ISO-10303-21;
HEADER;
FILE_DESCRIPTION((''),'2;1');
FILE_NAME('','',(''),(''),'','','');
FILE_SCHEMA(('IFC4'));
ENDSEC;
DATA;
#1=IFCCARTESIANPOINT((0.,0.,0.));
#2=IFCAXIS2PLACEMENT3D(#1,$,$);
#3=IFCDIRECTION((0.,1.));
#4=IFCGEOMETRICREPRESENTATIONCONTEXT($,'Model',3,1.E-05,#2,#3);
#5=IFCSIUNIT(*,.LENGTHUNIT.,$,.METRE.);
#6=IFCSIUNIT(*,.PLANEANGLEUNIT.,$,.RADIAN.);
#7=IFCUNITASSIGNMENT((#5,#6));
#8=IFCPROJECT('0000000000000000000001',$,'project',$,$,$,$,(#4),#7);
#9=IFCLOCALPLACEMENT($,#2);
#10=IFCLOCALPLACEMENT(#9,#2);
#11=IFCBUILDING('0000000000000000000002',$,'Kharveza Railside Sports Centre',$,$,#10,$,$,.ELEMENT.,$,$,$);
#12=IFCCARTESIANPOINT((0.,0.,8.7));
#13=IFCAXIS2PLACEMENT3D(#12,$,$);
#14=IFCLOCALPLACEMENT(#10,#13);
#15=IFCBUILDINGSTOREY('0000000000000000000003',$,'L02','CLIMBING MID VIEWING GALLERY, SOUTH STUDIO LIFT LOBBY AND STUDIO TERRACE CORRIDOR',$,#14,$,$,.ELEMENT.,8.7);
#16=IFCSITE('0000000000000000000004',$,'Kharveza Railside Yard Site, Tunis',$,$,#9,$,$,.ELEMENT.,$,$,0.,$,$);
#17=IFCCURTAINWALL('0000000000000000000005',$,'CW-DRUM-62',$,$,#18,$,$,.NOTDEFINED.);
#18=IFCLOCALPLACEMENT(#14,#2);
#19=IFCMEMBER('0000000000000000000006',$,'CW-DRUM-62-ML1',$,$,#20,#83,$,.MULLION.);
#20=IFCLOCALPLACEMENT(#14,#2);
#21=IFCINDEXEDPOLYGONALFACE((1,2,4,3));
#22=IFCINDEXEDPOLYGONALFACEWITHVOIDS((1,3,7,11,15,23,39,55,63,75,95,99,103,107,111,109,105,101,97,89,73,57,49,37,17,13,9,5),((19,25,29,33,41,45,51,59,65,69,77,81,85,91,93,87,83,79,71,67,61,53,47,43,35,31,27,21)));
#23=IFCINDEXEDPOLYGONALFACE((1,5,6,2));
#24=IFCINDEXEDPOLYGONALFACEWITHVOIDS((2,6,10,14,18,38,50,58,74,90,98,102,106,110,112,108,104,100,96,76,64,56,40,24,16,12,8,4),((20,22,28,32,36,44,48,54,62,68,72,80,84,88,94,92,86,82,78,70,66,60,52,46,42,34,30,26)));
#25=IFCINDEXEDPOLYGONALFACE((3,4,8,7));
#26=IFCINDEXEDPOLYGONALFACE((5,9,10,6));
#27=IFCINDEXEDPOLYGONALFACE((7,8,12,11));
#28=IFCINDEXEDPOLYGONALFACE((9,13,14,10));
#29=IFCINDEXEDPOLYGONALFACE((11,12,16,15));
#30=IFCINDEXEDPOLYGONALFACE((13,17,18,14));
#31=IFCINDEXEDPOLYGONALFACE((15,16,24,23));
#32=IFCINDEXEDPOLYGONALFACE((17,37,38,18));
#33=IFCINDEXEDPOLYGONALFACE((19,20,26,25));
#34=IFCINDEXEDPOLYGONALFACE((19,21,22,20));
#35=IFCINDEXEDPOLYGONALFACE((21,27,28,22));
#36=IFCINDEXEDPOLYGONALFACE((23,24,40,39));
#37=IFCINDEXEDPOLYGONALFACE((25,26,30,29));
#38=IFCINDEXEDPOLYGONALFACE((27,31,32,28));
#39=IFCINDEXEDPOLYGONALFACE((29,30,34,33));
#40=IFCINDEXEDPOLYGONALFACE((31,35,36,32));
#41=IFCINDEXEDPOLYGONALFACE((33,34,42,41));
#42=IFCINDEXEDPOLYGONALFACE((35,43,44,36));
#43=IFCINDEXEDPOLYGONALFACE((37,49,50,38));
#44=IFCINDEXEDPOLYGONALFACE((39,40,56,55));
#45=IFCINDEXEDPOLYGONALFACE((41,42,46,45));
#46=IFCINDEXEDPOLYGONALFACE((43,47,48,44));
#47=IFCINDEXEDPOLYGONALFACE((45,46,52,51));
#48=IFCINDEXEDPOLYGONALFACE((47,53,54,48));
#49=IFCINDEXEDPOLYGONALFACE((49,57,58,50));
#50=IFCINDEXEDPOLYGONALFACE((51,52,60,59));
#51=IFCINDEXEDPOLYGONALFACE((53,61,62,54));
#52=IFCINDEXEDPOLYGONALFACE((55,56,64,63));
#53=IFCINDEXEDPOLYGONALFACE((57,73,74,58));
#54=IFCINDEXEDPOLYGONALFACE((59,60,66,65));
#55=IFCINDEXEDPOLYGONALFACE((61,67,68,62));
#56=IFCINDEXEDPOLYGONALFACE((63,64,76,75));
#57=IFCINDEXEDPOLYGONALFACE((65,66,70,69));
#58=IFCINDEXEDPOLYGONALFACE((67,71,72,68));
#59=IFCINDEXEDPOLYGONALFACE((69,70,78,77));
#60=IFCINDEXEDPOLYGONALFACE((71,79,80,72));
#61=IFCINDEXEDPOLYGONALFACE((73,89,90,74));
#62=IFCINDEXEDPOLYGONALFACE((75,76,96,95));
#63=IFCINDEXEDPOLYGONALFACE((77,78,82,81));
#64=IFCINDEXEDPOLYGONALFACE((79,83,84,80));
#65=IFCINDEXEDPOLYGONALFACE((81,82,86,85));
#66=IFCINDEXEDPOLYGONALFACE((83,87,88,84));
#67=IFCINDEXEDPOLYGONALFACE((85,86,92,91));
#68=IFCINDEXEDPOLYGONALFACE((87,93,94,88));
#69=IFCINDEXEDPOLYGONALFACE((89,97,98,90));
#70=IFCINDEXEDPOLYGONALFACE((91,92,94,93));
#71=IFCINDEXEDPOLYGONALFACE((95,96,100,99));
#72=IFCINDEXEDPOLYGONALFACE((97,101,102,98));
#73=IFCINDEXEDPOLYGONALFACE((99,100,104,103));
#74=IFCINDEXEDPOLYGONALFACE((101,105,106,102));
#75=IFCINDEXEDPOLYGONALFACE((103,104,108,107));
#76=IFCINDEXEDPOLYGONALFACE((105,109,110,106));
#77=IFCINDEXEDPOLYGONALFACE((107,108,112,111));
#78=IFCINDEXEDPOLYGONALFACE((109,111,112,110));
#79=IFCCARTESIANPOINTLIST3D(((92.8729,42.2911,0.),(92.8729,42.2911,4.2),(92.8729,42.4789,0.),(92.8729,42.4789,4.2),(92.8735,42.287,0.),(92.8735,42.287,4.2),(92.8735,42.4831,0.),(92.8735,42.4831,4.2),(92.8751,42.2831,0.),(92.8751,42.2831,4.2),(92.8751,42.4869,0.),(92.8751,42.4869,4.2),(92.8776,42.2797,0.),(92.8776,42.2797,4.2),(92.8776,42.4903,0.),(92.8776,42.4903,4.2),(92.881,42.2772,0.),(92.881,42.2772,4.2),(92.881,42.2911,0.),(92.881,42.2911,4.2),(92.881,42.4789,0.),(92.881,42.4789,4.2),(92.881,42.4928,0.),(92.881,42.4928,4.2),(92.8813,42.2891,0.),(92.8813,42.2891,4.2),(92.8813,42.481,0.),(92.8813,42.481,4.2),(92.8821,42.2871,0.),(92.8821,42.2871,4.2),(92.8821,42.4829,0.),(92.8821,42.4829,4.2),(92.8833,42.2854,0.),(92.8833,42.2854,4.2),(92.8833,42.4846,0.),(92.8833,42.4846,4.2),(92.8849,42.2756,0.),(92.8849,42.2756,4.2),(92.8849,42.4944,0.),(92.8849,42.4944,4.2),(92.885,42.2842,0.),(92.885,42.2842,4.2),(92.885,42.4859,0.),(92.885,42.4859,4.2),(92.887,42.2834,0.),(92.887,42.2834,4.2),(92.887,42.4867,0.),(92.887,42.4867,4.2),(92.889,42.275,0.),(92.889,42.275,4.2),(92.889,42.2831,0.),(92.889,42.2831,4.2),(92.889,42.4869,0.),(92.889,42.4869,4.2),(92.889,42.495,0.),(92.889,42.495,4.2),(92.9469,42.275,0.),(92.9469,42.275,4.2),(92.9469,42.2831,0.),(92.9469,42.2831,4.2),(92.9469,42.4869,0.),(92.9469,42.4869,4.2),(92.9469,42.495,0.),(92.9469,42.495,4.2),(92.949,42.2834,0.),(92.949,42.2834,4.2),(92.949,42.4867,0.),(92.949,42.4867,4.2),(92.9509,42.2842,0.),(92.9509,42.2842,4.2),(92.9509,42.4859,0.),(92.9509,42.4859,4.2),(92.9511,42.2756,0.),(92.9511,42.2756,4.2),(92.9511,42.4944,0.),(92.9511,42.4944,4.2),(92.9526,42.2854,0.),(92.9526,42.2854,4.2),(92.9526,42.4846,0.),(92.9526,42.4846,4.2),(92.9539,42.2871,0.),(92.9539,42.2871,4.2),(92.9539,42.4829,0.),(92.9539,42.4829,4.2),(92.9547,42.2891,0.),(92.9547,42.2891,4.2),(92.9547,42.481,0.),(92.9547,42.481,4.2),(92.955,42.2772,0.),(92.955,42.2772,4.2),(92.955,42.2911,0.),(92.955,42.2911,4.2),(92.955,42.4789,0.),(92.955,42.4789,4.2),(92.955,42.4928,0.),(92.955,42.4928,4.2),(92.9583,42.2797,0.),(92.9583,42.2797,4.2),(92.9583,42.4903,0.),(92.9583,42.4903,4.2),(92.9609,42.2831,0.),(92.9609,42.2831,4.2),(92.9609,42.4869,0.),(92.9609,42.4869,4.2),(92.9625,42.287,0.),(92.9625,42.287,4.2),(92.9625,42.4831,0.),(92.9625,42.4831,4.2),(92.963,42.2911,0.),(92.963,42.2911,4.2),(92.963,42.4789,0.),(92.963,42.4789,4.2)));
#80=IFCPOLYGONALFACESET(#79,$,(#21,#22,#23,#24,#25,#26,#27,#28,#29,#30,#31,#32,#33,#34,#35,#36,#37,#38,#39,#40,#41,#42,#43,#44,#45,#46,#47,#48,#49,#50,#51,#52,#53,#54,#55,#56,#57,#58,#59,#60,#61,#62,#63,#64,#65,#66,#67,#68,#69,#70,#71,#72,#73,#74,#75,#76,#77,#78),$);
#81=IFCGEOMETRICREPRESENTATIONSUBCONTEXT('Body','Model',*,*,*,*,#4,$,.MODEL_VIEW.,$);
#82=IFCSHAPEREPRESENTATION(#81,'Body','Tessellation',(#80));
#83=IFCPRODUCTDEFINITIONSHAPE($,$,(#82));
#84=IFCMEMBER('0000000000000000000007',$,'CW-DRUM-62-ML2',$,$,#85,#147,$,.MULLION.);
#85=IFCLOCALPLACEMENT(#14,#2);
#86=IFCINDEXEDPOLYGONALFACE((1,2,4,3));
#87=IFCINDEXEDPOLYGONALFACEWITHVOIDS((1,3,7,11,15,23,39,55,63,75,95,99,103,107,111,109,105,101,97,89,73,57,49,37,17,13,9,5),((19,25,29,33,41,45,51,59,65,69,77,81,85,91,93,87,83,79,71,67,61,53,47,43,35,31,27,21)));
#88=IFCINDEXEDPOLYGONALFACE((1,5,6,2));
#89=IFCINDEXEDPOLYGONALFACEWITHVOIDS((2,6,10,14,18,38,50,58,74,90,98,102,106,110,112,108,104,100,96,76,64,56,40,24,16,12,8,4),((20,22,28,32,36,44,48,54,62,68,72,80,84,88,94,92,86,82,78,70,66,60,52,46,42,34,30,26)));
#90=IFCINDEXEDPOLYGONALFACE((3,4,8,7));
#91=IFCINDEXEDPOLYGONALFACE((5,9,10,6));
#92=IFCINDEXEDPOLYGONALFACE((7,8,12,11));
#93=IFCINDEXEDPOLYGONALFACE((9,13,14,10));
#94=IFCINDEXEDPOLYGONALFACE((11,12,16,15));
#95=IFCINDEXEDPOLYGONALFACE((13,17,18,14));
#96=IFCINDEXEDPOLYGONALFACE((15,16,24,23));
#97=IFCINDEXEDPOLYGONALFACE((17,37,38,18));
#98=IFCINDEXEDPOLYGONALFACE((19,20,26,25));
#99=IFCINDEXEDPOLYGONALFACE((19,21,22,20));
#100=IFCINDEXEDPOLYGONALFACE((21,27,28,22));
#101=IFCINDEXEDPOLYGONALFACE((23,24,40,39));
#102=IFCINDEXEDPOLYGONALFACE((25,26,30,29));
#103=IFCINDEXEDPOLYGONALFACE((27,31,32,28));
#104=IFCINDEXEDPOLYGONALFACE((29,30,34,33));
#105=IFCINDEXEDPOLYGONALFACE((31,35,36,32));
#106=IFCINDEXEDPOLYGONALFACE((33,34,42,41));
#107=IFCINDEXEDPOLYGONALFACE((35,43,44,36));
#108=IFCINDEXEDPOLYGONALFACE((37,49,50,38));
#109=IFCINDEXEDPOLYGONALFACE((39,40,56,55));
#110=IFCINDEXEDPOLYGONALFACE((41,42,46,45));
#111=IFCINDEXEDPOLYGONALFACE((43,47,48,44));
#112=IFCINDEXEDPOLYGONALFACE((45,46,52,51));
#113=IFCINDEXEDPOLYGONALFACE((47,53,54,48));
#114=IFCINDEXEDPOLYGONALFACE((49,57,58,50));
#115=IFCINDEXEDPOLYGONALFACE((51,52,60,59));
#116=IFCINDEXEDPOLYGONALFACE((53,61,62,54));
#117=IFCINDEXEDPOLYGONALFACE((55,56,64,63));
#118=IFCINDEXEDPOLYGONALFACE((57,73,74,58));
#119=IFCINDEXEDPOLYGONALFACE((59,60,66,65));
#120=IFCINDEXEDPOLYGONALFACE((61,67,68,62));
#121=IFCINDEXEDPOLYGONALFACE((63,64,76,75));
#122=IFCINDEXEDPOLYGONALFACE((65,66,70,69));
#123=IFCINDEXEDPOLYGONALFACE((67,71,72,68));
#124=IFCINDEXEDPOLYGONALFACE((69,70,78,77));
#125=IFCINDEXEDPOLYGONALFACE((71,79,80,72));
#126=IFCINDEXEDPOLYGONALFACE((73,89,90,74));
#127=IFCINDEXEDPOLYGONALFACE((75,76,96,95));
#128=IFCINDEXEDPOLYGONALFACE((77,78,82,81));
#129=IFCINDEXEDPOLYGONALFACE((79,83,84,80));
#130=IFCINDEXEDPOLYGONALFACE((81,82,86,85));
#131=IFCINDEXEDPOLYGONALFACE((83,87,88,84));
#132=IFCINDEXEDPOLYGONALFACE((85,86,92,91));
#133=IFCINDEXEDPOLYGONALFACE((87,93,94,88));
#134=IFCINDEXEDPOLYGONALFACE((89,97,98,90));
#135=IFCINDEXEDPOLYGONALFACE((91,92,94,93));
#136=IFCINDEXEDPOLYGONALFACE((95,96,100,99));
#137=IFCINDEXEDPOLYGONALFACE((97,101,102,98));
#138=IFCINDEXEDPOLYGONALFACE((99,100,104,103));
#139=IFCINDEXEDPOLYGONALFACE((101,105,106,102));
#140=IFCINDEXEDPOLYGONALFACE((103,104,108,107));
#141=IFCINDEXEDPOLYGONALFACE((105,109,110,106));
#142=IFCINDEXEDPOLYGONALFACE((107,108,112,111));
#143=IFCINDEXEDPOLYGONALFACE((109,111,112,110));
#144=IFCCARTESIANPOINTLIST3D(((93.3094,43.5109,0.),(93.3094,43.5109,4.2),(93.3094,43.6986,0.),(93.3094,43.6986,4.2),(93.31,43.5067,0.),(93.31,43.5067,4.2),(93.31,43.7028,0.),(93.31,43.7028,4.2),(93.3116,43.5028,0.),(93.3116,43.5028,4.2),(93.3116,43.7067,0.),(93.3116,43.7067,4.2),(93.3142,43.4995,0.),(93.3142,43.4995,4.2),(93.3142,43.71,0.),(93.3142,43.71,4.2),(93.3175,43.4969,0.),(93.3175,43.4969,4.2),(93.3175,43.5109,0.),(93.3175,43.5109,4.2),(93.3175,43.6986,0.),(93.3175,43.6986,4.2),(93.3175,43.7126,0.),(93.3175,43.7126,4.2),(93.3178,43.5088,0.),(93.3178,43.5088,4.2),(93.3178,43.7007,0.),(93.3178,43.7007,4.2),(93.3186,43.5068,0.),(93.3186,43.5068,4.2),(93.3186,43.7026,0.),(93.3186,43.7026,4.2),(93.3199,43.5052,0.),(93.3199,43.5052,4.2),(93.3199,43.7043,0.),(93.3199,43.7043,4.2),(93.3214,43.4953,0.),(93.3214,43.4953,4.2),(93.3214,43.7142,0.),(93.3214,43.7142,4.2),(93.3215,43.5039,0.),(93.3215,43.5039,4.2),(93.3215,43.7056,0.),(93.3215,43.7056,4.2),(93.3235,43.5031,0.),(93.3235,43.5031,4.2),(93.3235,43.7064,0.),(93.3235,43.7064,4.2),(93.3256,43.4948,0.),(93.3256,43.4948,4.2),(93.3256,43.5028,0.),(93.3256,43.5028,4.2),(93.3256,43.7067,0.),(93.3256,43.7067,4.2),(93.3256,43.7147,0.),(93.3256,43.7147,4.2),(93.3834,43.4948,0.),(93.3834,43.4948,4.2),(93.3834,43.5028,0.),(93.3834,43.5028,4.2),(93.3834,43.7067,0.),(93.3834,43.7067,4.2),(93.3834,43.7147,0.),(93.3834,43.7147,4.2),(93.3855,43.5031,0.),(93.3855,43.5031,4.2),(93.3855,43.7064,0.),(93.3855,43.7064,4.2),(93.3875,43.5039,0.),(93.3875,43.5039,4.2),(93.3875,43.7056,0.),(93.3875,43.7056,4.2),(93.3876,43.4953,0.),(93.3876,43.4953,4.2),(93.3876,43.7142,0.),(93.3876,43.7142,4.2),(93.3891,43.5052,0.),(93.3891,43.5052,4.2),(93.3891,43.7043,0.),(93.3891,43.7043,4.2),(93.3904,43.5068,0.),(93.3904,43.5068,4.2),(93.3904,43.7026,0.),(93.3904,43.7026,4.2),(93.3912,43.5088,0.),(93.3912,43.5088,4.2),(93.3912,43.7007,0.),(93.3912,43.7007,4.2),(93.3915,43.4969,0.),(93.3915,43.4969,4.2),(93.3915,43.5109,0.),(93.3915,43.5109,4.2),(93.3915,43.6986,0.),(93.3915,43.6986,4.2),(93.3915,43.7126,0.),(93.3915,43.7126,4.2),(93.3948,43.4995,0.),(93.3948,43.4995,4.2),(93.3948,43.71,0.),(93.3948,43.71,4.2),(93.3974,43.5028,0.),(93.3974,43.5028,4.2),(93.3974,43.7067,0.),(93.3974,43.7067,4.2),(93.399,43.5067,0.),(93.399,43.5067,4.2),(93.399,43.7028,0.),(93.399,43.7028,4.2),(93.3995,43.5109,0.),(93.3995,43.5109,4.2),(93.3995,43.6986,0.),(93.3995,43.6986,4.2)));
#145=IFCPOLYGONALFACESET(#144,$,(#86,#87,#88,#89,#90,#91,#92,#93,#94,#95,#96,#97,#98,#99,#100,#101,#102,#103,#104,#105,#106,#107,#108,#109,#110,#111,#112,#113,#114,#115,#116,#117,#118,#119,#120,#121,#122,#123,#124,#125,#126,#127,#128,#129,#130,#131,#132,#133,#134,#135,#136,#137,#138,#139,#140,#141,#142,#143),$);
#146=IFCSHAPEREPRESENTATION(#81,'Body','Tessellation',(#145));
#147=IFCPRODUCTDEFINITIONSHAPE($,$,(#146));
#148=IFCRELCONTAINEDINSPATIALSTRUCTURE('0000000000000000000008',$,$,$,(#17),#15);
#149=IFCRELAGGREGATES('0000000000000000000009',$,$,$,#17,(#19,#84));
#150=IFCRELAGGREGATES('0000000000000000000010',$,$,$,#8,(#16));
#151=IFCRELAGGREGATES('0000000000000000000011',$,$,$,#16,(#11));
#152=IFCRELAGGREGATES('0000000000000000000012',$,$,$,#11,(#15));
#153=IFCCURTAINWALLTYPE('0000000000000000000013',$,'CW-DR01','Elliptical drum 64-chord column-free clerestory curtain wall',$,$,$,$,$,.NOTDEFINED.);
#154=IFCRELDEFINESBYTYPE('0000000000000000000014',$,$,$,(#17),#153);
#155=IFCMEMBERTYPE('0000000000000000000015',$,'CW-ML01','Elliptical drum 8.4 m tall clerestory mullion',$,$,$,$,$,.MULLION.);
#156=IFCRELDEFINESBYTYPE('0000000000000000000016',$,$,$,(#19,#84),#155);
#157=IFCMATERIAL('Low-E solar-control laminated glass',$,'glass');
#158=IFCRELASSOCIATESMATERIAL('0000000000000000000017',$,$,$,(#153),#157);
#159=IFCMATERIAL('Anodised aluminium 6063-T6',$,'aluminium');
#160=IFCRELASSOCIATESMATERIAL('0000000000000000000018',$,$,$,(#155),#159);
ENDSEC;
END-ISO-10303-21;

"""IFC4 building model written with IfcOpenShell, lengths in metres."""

from ifc_helpers import new_model, si_unit, direction, frame, origin, origin_2d, place, context, subcontext, project, spatial, hollow_rectangle, extrude, material, material_profile, profile_set, type_object, element, aggregate, save


model = new_model("IFC4")

# Units and contexts
model_context = context("Model", 3, precision=1e-05, world=origin(), true_north=direction((0.0, 1.0)))
body_context = subcontext(model_context, "Body", "Model", "MODEL_VIEW")
ifc_project = project(units=[si_unit("LENGTHUNIT", "METRE"), si_unit("PLANEANGLEUNIT", "RADIAN")], contexts=[model_context])

# Site, building, storey
site_placement = place(None, origin())
site = spatial("IfcSite", under=ifc_project, at=site_placement, Name="Kharveza Railside Yard Site, Tunis", CompositionType="ELEMENT", RefElevation=0.0)
building_placement = place(site_placement, origin())
building = spatial("IfcBuilding", under=site, at=building_placement, Name="Kharveza Railside Sports Centre", CompositionType="ELEMENT")
storey_placement = place(building_placement, frame((0.0, 0.0, 8.7)))
storey = spatial("IfcBuildingStorey", under=building, at=storey_placement, Name="L02", Description="CLIMBING MID VIEWING GALLERY, SOUTH STUDIO LIFT LOBBY AND STUDIO TERRACE CORRIDOR", CompositionType="ELEMENT", Elevation=8.7)

# Curtain wall, members
ifc_material_1 = material(Name="Low-E solar-control laminated glass", Category="glass")
curtain_wall_type_1 = type_object("IfcCurtainWallType", Name="CW-DR01", Description="Elliptical drum 64-chord column-free clerestory curtain wall", PredefinedType="NOTDEFINED", material=ifc_material_1)
ifc_material_2 = material(Name="Anodised aluminium 6063-T6", Category="aluminium")
ifc_material_profile_1 = material_profile(ifc_material_2, hollow_rectangle(XDim=0.0901, YDim=0.22, WallThickness=0.0081, InnerFilletRadius=0.0081, OuterFilletRadius=0.0161, at=origin_2d()), Name="RHS 90x220x8.0")
ifc_profile_set_1 = profile_set([ifc_material_profile_1], Name="Anodised aluminium 6063-T6")
member_type_1 = type_object("IfcMemberType", Name="CW-ML01", Description="Elliptical drum 8.4 m tall clerestory mullion", PredefinedType="MULLION", material=ifc_profile_set_1)
curtain_wall_1_placement = place(storey_placement, origin())
curtain_wall_1 = element("IfcCurtainWall", 1, at=curtain_wall_1_placement, inside=storey, type_object=curtain_wall_type_1, Name="CW-DRUM-62", PredefinedType="NOTDEFINED")
member_1_placement = place(storey_placement, frame((92.918, 42.385, 0.0), z_axis=(0.0, 0.0, 1.0), x_axis=(1.0, 0.0, 0.0)))
member_1 = element("IfcMember", 2, at=member_1_placement, type_object=member_type_1, Name="CW-DRUM-62-ML1", PredefinedType="MULLION", context=body_context, shape_type="SweptSolid", body=[
    extrude(hollow_rectangle(XDim=0.0901, YDim=0.22, WallThickness=0.0081, InnerFilletRadius=0.0081, OuterFilletRadius=0.0161, at=origin_2d()), origin(), (0.0, 0.0, 1.0), 4.2),
])
member_2_placement = place(storey_placement, frame((93.3545, 43.6047, 0.0), z_axis=(0.0, 0.0, 1.0), x_axis=(1.0, 0.0, 0.0)))
member_2 = element("IfcMember", 3, at=member_2_placement, type_object=member_type_1, Name="CW-DRUM-62-ML2", PredefinedType="MULLION", context=body_context, shape_type="SweptSolid", body=[
    extrude(hollow_rectangle(XDim=0.0901, YDim=0.22, WallThickness=0.0081, InnerFilletRadius=0.0081, OuterFilletRadius=0.0161, at=origin_2d()), origin(), (0.0, 0.0, 1.0), 4.2),
])

aggregate(curtain_wall_1, [member_1, member_2])

save(model, "model.ifc")
